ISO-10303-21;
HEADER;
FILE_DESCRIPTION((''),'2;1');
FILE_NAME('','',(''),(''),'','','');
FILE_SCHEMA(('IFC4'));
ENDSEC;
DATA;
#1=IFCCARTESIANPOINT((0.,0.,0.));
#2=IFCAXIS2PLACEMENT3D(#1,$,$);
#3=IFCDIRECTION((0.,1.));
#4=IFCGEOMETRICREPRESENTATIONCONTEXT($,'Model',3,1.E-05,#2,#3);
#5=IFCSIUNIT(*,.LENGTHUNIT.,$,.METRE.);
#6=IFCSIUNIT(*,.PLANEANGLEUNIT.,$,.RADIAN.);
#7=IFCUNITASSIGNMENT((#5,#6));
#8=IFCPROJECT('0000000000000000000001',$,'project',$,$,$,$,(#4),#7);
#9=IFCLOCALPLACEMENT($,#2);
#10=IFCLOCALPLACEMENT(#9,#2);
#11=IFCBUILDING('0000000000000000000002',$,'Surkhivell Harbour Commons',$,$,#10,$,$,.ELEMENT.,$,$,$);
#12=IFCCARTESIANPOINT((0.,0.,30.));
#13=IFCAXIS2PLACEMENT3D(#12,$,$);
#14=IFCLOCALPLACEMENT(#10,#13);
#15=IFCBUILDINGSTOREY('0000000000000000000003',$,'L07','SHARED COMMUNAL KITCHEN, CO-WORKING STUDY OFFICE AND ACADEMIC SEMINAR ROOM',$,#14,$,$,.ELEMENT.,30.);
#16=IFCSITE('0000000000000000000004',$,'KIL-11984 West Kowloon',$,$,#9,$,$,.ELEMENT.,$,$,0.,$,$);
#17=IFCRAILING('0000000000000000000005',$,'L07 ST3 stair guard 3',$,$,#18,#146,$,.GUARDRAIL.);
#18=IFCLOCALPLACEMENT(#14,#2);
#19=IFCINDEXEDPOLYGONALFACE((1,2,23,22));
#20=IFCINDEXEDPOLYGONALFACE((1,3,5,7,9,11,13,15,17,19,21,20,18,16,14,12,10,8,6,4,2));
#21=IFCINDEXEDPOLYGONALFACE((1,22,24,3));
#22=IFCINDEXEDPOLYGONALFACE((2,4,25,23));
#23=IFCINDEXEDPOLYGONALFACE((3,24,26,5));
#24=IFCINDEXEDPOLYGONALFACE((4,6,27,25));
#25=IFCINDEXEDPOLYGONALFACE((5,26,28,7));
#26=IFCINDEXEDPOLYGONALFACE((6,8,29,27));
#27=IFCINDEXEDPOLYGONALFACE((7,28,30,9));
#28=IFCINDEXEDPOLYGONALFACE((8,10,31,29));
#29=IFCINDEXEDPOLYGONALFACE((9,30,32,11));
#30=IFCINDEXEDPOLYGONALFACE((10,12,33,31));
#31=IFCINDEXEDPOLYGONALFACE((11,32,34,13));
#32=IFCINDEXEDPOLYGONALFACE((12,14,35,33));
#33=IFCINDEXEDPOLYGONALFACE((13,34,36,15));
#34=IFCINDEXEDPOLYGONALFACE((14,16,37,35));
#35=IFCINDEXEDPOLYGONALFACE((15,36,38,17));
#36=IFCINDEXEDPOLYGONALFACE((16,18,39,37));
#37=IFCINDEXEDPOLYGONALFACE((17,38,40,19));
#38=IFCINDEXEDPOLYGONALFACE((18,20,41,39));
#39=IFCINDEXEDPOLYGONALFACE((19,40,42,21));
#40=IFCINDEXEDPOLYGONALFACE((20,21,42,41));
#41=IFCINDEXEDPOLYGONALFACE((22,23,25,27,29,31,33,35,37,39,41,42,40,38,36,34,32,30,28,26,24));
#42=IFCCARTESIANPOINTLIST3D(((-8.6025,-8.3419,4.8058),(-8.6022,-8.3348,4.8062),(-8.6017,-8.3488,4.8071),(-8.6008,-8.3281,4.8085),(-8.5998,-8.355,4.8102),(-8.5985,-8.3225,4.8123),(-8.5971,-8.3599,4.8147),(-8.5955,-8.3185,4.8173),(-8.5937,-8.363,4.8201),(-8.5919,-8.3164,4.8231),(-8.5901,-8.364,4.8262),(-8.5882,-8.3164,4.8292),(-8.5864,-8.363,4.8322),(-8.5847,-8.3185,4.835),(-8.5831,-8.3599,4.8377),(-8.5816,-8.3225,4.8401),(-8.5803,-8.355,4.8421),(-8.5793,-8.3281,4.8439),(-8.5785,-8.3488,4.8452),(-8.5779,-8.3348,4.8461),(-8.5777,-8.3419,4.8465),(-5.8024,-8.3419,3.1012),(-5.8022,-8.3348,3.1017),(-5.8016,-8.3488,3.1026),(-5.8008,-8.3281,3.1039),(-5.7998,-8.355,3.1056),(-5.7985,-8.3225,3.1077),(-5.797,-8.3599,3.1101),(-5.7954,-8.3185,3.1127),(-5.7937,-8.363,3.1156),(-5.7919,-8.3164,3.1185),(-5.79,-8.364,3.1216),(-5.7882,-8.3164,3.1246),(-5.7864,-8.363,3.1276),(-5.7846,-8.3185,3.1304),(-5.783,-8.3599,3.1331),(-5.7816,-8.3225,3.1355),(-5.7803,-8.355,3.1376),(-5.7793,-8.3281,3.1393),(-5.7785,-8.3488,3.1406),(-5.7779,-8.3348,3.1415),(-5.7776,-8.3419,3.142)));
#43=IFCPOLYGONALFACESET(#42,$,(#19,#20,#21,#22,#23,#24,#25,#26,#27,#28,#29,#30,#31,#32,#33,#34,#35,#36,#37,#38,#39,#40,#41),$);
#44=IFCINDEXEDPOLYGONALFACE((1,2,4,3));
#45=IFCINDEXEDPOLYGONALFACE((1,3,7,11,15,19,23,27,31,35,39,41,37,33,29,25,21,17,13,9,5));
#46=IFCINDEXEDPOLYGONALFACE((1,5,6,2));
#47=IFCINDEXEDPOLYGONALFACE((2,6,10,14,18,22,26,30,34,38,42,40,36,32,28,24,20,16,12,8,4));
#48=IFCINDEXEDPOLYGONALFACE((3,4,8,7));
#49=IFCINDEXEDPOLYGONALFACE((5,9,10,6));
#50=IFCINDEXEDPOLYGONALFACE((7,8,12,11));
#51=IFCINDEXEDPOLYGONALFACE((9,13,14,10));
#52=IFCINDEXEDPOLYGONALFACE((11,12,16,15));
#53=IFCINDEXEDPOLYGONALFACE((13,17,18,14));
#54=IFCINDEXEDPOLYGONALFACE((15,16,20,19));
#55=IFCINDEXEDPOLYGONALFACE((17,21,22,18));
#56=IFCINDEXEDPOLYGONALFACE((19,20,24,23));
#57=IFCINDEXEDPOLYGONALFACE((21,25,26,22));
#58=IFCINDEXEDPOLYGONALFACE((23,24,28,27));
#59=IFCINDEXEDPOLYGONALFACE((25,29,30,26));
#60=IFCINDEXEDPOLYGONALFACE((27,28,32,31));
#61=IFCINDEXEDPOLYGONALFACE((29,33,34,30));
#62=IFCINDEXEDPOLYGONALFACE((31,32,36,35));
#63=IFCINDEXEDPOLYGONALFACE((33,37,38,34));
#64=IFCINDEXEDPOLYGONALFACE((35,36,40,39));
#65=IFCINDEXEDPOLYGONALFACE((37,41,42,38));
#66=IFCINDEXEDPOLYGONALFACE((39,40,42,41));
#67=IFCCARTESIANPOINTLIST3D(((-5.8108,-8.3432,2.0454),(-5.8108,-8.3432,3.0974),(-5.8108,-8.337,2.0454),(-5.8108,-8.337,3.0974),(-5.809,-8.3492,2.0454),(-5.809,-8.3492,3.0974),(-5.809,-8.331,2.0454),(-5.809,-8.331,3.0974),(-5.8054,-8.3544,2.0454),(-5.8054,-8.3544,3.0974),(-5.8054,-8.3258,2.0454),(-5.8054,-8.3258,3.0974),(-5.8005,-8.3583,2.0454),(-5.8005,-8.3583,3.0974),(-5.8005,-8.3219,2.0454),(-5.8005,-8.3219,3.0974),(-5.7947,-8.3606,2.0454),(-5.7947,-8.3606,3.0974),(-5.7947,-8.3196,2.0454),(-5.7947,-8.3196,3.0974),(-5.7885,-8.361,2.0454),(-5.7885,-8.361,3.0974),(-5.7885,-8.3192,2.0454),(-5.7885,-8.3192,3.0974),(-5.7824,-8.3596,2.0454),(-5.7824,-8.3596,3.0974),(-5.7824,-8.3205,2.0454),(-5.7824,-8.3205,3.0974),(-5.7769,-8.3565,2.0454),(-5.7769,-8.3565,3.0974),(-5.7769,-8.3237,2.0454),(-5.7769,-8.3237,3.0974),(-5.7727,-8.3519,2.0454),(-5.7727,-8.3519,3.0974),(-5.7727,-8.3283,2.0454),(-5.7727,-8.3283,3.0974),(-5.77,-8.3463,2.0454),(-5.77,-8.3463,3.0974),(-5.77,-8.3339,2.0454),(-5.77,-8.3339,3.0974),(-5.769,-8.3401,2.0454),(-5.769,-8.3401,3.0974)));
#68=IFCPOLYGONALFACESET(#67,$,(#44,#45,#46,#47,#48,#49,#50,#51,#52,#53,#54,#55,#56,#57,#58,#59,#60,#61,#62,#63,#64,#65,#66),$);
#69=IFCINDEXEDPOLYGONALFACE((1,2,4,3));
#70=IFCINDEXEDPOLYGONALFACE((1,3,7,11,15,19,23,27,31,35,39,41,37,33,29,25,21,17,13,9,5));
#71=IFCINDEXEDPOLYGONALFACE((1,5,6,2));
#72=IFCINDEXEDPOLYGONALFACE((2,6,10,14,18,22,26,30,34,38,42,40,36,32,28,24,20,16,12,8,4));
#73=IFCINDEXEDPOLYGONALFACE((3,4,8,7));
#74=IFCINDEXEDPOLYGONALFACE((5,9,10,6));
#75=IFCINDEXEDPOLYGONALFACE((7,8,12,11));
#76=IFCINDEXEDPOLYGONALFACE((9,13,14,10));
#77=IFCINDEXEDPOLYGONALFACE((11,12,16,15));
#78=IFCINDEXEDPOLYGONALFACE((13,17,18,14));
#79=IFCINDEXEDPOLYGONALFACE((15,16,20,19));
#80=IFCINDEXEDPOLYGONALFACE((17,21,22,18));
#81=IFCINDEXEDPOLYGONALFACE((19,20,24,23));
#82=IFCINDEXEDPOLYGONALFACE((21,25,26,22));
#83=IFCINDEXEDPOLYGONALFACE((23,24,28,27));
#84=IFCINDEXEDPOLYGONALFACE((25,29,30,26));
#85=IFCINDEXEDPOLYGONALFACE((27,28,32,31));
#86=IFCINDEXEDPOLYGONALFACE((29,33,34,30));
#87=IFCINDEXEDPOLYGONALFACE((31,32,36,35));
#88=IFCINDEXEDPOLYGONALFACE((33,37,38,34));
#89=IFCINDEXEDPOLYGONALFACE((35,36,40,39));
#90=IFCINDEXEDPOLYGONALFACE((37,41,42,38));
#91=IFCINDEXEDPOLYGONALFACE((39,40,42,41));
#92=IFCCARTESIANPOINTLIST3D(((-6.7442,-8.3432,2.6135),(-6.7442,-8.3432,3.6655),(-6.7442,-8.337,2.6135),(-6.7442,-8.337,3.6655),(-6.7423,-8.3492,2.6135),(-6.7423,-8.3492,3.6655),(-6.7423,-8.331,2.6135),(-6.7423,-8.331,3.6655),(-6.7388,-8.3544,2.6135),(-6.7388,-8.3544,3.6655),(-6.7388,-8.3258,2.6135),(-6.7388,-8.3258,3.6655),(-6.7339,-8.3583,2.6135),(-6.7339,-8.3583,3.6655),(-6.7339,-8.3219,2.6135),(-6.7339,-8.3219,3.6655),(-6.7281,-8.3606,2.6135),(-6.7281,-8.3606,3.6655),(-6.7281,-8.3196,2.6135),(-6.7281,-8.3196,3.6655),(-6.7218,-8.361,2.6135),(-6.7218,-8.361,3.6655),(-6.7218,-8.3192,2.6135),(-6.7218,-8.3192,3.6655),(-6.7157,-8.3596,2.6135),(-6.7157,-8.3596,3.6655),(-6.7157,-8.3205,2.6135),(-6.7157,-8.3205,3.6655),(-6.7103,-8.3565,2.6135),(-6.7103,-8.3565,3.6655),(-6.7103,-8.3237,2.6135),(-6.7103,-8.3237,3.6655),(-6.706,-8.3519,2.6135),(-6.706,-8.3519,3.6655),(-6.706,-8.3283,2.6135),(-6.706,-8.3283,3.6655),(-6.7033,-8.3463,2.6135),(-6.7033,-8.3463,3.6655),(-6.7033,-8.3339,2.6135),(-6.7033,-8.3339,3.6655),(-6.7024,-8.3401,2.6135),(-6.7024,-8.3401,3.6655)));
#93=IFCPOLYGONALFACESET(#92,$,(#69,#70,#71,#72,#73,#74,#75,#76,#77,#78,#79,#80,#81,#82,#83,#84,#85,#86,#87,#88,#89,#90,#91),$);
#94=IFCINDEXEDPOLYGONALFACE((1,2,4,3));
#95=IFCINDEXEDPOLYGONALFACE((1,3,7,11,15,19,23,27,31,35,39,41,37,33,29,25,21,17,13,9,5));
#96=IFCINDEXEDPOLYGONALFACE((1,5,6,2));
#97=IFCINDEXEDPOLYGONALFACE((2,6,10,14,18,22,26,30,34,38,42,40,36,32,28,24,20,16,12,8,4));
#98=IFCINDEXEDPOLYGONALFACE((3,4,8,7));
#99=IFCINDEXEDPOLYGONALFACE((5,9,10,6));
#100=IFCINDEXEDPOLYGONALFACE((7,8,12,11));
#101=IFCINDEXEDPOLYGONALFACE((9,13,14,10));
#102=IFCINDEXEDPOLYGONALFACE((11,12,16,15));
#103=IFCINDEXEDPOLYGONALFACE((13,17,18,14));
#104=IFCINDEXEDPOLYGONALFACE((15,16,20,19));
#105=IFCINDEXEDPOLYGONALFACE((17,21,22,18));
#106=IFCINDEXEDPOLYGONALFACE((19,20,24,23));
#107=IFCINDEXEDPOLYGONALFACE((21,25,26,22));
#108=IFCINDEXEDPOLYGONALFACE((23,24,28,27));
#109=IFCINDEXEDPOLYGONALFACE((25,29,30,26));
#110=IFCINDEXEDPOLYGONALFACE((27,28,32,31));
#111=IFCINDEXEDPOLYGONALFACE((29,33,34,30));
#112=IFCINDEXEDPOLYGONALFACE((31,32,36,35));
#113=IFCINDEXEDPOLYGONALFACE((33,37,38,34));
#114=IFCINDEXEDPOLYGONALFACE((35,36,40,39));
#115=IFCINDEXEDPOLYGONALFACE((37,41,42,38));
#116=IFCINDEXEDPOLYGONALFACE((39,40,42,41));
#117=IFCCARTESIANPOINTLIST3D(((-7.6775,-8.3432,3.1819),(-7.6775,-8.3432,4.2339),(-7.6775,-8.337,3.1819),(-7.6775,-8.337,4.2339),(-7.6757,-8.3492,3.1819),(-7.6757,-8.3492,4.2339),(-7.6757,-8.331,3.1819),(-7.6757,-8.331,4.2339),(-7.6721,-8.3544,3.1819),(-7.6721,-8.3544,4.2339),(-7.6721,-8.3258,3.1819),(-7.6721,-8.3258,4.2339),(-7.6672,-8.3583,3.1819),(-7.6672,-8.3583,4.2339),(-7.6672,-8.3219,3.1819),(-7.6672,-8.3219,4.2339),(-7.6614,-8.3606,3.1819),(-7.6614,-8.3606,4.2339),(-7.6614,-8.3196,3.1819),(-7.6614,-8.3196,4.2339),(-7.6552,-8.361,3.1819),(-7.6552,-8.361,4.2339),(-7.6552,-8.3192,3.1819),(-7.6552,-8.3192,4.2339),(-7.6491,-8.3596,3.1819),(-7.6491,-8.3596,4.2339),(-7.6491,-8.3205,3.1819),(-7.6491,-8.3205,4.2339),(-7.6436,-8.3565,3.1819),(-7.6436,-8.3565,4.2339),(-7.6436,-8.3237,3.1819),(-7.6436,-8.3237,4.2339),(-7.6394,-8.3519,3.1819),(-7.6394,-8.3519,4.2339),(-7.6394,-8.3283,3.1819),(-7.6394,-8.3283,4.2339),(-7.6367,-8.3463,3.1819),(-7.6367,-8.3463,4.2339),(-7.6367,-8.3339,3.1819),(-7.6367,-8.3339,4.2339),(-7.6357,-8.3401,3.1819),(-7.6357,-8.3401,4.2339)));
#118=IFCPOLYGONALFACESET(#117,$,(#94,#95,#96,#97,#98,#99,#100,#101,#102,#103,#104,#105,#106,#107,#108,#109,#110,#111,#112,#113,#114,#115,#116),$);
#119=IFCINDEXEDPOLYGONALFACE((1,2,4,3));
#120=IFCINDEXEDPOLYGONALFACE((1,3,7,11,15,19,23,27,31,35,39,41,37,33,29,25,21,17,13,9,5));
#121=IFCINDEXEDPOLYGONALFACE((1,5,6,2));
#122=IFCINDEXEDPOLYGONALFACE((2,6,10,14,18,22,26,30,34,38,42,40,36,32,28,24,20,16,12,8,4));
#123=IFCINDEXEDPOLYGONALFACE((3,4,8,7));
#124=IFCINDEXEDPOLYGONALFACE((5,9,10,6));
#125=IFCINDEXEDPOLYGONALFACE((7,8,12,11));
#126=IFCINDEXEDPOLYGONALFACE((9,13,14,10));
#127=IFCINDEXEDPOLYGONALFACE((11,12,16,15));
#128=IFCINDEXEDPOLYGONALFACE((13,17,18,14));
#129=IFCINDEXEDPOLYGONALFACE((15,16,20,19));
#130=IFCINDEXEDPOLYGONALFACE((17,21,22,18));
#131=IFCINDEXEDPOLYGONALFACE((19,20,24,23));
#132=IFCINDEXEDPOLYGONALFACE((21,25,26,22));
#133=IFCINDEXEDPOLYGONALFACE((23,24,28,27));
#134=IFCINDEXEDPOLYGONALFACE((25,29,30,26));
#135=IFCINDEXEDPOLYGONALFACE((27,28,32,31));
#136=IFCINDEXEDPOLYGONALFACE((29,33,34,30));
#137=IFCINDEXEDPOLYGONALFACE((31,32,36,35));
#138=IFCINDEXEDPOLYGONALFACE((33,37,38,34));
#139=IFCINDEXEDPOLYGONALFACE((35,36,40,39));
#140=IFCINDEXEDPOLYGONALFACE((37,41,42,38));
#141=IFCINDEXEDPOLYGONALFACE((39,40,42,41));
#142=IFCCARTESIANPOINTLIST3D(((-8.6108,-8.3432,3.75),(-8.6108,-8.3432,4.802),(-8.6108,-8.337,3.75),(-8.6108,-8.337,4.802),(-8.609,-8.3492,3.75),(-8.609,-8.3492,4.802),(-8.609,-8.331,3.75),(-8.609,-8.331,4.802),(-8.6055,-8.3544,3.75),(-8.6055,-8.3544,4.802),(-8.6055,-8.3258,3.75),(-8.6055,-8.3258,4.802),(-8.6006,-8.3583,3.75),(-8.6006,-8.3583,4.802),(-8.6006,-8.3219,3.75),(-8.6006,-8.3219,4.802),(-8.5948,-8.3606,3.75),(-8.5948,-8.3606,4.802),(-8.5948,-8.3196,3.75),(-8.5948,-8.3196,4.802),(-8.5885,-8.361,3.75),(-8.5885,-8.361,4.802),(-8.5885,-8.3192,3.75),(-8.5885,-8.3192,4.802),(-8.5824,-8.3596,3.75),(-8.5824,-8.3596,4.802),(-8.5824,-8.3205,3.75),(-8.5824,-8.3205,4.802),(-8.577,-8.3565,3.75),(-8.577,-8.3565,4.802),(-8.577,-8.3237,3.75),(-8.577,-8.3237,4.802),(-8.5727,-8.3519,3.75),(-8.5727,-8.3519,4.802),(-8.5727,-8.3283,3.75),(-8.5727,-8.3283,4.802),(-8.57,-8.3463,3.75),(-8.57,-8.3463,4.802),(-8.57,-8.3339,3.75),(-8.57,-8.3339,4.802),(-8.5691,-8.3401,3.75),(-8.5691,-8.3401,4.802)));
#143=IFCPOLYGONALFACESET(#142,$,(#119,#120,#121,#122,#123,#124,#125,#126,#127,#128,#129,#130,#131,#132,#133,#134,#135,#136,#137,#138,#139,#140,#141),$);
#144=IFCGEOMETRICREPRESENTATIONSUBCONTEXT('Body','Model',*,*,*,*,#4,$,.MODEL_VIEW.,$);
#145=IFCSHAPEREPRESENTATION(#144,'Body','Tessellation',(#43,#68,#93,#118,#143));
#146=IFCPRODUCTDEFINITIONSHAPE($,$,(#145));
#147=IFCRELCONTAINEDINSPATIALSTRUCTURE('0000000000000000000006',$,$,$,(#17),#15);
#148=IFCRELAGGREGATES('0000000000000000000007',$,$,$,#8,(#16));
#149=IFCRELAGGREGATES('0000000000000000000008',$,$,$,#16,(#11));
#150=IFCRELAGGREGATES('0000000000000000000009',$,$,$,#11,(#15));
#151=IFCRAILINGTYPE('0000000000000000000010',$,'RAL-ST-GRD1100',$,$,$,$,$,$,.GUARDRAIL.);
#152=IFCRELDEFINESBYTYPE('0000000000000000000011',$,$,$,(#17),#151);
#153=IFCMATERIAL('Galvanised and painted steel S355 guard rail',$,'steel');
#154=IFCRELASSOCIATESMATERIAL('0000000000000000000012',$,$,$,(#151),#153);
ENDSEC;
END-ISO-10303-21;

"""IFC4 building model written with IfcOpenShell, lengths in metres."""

from ifc_helpers import new_model, si_unit, direction, frame, origin, origin_2d, place, context, subcontext, project, spatial, circle, extrude, material, type_object, element, save


model = new_model("IFC4")

# Units and contexts
model_context = context("Model", 3, precision=1e-05, world=origin(), true_north=direction((0.0, 1.0)))
body_context = subcontext(model_context, "Body", "Model", "MODEL_VIEW")
ifc_project = project(units=[si_unit("LENGTHUNIT", "METRE"), si_unit("PLANEANGLEUNIT", "RADIAN")], contexts=[model_context])

# Site, building, storey
site_placement = place(None, origin())
site = spatial("IfcSite", under=ifc_project, at=site_placement, Name="KIL-11984 West Kowloon", CompositionType="ELEMENT", RefElevation=0.0)
building_placement = place(site_placement, origin())
building = spatial("IfcBuilding", under=site, at=building_placement, Name="Surkhivell Harbour Commons", CompositionType="ELEMENT")
storey_placement = place(building_placement, frame((0.0, 0.0, 30.0)))
storey = spatial("IfcBuildingStorey", under=building, at=storey_placement, Name="L07", Description="SHARED COMMUNAL KITCHEN, CO-WORKING STUDY OFFICE AND ACADEMIC SEMINAR ROOM", CompositionType="ELEMENT", Elevation=30.0)

# Railing
ifc_material_1 = material(Name="Galvanised and painted steel S355 guard rail", Category="steel")
railing_type_1 = type_object("IfcRailingType", Name="RAL-ST-GRD1100", PredefinedType="GUARDRAIL", material=ifc_material_1)
railing_1_placement = place(storey_placement, frame((-5.79, -8.3401, 2.0454)))
element("IfcRailing", 1, at=railing_1_placement, inside=storey, type_object=railing_type_1, Name="L07 ST3 stair guard 3", PredefinedType="GUARDRAIL", context=body_context, shape_type="SweptSolid", body=[
    extrude(circle(Radius=0.0239, at=origin_2d()), frame((0.0, 0.0, 1.0762), z_axis=(-0.85417, 0.0, 0.519994), x_axis=(0.0, -1.0, 0.0)), (0.0, 0.0, 1.0), 3.2781),
    extrude(circle(Radius=0.021, at=origin_2d()), origin(), (0.0, 0.0, 1.0), 1.052),
    extrude(circle(Radius=0.021, at=origin_2d()), frame((-0.9333, 0.0, 0.5681)), (0.0, 0.0, 1.0), 1.052),
    extrude(circle(Radius=0.021, at=origin_2d()), frame((-1.8667, 0.0, 1.1365)), (0.0, 0.0, 1.0), 1.052),
    extrude(circle(Radius=0.021, at=origin_2d()), frame((-2.8, 0.0, 1.7046)), (0.0, 0.0, 1.0), 1.052),
])

save(model, "model.ifc")
